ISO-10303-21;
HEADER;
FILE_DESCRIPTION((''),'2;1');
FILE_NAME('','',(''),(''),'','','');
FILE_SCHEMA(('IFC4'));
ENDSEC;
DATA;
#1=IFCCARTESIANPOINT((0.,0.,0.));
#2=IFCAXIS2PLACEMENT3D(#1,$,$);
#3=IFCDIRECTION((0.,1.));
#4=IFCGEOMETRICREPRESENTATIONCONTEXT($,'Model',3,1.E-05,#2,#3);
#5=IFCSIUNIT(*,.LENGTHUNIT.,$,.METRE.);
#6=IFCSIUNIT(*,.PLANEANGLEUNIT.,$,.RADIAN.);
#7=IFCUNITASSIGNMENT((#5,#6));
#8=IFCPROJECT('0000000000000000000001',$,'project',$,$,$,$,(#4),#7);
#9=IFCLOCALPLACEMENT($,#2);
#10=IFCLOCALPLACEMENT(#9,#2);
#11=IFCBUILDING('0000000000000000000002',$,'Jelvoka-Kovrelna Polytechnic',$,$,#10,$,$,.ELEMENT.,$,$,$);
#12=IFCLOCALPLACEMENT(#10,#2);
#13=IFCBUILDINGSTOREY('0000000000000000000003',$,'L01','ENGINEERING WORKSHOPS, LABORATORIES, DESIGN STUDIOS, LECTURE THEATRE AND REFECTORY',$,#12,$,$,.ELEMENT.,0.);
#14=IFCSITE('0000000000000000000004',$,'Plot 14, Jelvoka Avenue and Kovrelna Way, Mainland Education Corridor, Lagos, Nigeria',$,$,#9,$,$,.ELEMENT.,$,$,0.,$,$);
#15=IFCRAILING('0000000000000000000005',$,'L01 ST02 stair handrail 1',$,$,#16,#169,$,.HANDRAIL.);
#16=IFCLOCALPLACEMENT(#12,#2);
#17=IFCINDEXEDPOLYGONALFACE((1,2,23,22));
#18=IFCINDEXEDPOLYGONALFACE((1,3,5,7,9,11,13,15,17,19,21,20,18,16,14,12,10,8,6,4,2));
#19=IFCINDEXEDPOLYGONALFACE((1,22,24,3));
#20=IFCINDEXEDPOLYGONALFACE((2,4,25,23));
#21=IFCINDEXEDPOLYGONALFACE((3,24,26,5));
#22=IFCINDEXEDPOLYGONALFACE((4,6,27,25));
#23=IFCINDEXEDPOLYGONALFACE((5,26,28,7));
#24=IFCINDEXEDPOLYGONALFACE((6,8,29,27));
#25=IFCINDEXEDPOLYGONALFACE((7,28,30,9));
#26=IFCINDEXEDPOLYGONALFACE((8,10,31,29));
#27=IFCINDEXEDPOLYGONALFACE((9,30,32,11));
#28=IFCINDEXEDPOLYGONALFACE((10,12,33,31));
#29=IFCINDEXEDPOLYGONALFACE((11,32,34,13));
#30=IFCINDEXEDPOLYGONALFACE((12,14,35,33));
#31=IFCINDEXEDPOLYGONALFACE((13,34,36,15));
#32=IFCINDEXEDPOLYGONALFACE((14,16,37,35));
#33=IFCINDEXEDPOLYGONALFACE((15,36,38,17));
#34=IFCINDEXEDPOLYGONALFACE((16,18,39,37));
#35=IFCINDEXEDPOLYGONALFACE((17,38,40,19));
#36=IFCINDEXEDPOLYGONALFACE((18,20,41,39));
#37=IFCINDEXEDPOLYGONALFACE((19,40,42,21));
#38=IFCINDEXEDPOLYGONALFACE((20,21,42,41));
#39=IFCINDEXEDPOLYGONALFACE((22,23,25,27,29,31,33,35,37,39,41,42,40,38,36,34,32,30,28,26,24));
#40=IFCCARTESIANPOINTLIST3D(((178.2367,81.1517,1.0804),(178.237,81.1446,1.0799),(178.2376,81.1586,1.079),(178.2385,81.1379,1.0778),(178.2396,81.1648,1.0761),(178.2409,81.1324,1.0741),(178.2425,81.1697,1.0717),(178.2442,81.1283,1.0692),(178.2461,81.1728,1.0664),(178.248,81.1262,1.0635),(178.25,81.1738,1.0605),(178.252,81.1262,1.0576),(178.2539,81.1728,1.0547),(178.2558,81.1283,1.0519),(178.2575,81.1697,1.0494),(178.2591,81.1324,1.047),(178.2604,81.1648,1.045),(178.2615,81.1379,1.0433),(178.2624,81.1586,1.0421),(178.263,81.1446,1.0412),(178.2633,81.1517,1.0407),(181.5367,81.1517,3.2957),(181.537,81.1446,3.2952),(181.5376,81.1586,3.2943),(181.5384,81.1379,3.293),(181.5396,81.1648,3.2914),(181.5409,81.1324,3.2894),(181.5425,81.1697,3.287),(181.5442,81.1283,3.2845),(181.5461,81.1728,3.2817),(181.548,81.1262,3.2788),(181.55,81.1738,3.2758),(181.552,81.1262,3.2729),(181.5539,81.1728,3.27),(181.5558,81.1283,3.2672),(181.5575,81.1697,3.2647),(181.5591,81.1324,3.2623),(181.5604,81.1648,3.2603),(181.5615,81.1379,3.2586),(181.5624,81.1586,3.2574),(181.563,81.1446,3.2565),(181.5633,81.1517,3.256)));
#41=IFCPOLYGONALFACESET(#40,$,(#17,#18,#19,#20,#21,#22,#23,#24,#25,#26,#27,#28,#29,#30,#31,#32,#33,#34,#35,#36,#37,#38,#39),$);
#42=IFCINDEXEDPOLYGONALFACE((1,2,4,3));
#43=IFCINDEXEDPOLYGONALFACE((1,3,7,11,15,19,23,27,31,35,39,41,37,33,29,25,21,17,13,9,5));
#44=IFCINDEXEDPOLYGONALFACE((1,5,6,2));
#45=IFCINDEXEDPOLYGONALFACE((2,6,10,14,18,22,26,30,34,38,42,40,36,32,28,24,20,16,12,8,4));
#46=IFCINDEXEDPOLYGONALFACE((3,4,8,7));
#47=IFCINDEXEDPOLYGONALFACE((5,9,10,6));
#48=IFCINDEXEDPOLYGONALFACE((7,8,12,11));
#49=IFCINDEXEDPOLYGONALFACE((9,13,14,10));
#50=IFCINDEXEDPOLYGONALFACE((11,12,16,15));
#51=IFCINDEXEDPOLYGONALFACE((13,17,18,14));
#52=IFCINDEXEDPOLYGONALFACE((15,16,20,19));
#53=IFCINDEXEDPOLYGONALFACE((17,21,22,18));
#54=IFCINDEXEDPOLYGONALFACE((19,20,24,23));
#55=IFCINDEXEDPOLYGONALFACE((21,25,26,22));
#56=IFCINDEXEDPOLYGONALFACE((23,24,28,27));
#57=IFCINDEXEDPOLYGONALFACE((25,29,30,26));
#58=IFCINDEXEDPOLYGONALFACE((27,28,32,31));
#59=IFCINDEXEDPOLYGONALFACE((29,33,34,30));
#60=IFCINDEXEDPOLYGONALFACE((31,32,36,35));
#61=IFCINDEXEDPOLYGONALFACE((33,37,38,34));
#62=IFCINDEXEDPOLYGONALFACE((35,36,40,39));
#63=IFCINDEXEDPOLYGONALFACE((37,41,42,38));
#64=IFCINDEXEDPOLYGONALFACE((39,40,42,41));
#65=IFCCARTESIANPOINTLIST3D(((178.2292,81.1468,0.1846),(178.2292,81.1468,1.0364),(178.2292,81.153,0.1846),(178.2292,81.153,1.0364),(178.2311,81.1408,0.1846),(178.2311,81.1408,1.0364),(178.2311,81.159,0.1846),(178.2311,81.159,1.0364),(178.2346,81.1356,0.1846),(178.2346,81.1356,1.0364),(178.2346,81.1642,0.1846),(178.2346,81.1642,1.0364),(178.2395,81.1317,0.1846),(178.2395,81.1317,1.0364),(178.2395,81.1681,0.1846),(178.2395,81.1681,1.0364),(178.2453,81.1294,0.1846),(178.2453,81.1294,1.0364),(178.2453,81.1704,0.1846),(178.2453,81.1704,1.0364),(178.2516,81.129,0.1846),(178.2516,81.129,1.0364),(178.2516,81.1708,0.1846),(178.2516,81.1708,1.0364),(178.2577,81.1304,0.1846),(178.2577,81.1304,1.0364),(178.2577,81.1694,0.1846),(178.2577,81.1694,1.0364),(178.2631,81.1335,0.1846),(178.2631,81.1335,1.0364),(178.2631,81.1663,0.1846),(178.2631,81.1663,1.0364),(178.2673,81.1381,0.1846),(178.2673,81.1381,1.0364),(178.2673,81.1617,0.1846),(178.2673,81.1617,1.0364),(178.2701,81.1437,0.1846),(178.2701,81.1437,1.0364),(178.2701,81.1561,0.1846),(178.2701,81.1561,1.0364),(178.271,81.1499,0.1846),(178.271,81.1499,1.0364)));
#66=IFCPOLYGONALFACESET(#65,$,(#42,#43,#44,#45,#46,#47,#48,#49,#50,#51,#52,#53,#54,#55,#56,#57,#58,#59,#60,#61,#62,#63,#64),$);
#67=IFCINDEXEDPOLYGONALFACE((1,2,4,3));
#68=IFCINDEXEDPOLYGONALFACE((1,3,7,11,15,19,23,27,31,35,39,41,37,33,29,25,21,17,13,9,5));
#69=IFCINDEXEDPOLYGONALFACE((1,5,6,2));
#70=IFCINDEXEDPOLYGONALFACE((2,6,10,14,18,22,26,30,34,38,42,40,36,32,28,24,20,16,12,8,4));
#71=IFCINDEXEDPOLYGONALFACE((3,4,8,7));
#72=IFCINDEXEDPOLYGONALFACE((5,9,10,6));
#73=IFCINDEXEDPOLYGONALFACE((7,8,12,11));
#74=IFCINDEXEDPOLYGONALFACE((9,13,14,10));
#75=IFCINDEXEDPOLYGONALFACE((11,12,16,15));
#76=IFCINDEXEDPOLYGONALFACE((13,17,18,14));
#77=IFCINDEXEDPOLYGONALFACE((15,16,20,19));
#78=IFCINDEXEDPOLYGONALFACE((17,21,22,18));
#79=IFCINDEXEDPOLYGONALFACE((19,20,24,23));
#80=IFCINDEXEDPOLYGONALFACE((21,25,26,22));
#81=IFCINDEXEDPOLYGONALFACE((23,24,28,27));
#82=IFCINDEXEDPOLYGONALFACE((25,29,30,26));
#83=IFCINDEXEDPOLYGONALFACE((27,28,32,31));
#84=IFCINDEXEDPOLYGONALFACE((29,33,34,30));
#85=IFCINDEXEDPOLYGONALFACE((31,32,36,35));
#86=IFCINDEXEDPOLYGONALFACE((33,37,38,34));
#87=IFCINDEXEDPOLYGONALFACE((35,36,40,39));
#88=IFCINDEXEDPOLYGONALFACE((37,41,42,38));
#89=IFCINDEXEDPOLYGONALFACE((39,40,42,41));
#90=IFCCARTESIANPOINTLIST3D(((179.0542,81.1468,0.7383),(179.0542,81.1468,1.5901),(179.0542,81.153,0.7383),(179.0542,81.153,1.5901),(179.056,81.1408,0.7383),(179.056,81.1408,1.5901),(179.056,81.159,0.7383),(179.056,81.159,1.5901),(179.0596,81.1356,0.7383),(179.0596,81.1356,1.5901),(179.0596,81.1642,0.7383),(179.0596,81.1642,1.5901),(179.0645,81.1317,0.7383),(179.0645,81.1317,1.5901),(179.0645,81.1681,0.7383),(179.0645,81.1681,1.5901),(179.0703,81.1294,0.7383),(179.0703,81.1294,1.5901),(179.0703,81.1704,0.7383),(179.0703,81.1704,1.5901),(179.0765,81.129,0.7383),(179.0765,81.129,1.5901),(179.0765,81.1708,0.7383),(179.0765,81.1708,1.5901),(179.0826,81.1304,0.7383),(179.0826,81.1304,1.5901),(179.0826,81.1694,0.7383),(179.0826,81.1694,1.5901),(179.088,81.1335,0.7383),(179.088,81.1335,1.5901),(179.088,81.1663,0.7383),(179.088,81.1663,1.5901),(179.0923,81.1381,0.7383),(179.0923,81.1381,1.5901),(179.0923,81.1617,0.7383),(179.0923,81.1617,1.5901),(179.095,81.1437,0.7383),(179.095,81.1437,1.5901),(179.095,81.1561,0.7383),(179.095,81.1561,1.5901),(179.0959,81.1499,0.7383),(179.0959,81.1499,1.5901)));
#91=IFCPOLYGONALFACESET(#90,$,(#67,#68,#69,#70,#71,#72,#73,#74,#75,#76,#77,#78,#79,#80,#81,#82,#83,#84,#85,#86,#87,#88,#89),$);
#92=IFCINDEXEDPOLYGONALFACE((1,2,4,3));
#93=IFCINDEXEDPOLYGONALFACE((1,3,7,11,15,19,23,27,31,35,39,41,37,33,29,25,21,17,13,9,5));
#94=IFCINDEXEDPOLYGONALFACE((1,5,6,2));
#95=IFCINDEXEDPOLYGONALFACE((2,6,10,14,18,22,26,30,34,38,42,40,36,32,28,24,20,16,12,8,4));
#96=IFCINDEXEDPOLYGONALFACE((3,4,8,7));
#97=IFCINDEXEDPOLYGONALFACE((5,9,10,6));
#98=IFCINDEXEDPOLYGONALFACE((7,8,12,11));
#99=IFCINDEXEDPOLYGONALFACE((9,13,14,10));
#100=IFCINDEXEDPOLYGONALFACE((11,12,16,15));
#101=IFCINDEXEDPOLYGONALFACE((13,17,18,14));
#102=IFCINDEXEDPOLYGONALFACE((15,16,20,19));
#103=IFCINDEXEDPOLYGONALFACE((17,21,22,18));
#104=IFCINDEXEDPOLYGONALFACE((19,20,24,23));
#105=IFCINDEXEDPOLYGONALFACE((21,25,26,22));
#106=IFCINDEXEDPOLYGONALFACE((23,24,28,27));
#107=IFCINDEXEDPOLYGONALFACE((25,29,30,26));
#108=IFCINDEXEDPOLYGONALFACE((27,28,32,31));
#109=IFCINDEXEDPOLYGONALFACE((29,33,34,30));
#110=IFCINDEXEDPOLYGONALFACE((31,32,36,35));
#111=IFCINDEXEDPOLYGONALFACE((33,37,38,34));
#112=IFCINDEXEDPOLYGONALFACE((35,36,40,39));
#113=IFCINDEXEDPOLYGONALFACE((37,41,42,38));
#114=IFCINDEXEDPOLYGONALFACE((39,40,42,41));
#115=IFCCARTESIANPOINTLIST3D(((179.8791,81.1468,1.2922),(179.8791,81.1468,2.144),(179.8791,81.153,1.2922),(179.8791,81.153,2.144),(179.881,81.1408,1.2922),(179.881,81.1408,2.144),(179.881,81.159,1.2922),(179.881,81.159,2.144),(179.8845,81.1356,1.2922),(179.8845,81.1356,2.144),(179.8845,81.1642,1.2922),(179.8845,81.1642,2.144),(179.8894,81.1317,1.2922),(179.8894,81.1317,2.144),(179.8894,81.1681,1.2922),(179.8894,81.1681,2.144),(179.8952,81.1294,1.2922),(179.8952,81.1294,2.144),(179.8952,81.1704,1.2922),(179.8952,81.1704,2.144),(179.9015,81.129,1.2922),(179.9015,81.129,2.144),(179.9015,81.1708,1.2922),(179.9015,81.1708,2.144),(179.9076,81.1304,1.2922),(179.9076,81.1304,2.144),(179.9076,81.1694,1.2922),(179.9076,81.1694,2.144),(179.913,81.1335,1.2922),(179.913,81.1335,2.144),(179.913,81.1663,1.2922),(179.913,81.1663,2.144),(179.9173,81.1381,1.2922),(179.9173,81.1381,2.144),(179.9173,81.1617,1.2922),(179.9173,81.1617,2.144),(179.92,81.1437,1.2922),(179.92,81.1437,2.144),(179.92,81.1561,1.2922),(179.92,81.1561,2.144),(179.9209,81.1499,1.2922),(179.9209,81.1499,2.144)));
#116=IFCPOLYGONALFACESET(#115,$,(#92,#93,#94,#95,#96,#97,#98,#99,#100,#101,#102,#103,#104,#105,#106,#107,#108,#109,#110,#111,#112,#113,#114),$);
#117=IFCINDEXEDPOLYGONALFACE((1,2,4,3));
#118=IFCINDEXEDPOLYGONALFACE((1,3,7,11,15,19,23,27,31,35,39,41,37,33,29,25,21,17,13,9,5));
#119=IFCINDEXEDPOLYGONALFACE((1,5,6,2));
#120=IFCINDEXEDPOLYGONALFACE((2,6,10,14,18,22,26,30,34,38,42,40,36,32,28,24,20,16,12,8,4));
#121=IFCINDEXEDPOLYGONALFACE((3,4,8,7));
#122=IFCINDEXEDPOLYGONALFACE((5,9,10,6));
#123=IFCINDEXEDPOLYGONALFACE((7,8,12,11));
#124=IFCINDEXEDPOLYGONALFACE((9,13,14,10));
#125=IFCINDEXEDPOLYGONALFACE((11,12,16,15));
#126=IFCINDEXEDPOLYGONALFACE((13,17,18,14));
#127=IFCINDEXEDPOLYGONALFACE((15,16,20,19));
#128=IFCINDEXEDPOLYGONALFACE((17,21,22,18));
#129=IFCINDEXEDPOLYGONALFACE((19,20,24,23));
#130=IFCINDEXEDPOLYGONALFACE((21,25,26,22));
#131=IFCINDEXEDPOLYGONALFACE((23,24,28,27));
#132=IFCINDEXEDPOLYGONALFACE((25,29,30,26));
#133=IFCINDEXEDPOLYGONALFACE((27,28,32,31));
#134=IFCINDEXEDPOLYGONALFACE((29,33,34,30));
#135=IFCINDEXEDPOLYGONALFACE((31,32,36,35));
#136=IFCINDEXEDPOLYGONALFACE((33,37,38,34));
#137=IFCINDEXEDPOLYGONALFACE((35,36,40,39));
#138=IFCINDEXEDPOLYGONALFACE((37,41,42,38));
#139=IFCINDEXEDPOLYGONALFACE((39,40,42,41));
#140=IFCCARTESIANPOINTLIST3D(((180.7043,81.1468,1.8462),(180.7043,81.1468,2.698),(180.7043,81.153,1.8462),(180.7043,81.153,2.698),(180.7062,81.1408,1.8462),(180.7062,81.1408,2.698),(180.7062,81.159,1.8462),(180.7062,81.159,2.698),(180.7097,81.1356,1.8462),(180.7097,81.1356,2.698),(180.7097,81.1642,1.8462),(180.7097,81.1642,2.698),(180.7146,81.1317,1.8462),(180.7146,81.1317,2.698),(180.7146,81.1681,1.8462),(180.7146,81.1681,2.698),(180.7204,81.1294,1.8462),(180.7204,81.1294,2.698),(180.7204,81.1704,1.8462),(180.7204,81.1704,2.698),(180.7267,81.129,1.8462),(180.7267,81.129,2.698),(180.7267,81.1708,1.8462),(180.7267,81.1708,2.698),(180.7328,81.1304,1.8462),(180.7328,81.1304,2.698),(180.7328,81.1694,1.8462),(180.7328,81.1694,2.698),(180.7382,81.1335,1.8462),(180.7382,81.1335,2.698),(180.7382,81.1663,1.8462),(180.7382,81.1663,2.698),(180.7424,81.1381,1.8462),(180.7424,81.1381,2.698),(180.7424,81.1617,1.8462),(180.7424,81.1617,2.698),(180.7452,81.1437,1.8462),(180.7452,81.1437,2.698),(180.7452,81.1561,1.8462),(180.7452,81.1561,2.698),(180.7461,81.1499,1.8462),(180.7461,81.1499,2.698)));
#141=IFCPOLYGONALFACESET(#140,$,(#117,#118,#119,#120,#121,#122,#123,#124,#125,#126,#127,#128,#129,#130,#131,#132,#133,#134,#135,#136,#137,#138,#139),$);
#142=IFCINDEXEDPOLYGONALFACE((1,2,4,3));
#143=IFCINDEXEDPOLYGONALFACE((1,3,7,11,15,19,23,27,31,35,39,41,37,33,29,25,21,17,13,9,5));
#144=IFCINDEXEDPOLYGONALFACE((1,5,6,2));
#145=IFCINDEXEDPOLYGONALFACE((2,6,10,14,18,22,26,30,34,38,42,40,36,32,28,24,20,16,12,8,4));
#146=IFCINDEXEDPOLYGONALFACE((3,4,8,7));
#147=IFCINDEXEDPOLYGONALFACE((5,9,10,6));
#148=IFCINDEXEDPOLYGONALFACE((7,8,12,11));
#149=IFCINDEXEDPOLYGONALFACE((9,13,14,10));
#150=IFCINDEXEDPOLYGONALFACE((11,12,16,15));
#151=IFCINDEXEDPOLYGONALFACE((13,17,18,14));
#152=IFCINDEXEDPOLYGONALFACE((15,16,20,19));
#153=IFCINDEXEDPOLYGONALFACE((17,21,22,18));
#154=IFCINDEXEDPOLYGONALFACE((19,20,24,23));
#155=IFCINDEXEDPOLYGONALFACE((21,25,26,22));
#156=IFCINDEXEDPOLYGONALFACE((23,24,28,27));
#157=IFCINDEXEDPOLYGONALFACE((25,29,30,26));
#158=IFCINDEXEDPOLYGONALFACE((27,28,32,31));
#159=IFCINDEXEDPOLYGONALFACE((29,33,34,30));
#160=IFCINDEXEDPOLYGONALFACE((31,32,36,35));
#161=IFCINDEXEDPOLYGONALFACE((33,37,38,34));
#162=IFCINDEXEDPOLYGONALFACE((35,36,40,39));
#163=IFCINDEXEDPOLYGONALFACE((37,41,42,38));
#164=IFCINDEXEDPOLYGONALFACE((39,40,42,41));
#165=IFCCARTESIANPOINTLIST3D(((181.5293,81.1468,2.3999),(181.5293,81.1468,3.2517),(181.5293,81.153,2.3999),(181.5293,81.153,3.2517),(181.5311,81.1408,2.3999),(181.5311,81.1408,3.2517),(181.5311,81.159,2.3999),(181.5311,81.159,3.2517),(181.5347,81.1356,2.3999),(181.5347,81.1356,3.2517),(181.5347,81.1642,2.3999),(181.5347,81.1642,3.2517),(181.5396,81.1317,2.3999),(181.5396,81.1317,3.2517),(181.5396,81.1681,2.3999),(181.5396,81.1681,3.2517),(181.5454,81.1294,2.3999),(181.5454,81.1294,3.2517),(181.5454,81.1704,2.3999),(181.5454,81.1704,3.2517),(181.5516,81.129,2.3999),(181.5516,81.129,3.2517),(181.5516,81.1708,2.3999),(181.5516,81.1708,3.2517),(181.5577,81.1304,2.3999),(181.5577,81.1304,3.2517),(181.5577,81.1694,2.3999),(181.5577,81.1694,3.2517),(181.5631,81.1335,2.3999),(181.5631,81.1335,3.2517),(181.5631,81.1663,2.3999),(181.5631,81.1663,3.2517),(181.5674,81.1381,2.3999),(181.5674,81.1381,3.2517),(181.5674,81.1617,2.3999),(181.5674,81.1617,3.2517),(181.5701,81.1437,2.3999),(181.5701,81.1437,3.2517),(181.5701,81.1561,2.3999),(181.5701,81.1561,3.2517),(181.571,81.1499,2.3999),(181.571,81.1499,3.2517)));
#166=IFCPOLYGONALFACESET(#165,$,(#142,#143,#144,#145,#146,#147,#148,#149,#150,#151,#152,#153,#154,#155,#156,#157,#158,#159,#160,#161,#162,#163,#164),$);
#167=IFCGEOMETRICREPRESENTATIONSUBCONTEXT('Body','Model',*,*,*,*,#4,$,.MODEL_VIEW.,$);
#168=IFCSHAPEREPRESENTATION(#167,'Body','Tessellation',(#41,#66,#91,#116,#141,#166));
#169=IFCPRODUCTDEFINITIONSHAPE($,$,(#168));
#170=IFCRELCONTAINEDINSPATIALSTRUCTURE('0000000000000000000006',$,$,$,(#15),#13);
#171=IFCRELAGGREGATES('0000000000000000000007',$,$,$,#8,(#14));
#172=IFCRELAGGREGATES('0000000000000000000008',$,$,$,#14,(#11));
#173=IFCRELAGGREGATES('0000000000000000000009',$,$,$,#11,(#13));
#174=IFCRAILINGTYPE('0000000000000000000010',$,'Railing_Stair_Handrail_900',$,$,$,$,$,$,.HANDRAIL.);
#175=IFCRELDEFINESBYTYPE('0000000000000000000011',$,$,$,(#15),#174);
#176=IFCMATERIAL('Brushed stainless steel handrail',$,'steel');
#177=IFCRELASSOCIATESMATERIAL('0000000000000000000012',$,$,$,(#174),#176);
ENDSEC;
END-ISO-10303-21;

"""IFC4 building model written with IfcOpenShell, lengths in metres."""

from ifc_helpers import new_model, si_unit, direction, frame, origin, origin_2d, place, context, subcontext, project, spatial, circle, extrude, material, type_object, element, save


model = new_model("IFC4")

# Units and contexts
model_context = context("Model", 3, precision=1e-05, world=origin(), true_north=direction((0.0, 1.0)))
body_context = subcontext(model_context, "Body", "Model", "MODEL_VIEW")
ifc_project = project(units=[si_unit("LENGTHUNIT", "METRE"), si_unit("PLANEANGLEUNIT", "RADIAN")], contexts=[model_context])

# Site, building, storey
site_placement = place(None, origin())
site = spatial("IfcSite", under=ifc_project, at=site_placement, Name="Plot 14, Jelvoka Avenue and Kovrelna Way, Mainland Education Corridor, Lagos, Nigeria", CompositionType="ELEMENT", RefElevation=0.0)
building_placement = place(site_placement, origin())
building = spatial("IfcBuilding", under=site, at=building_placement, Name="Jelvoka-Kovrelna Polytechnic", CompositionType="ELEMENT")
storey_placement = place(building_placement, origin())
storey = spatial("IfcBuildingStorey", under=building, at=storey_placement, Name="L01", Description="ENGINEERING WORKSHOPS, LABORATORIES, DESIGN STUDIOS, LECTURE THEATRE AND REFECTORY", CompositionType="ELEMENT", Elevation=0.0)

# Railing
ifc_material_1 = material(Name="Brushed stainless steel handrail", Category="steel")
railing_type_1 = type_object("IfcRailingType", Name="Railing_Stair_Handrail_900", PredefinedType="HANDRAIL", material=ifc_material_1)
railing_1_placement = place(storey_placement, frame((178.25, 81.1499, 0.1846)))
element("IfcRailing", 1, at=railing_1_placement, inside=storey, type_object=railing_type_1, Name="L01 ST02 stair handrail 1", PredefinedType="HANDRAIL", context=body_context, shape_type="SweptSolid", body=[
    extrude(circle(Radius=0.0239, at=origin_2d()), frame((0.0, 0.0, 0.876), z_axis=(0.830269, 0.0, 0.557362), x_axis=(0.0, 1.0, 0.0)), (0.0, 0.0, 1.0), 3.9746),
    extrude(circle(Radius=0.021, at=origin_2d()), origin(), (0.0, 0.0, 1.0), 0.8518),
    extrude(circle(Radius=0.021, at=origin_2d()), frame((0.825, 0.0, 0.5537)), (0.0, 0.0, 1.0), 0.8518),
    extrude(circle(Radius=0.021, at=origin_2d()), frame((1.6499, 0.0, 1.1077)), (0.0, 0.0, 1.0), 0.8518),
    extrude(circle(Radius=0.021, at=origin_2d()), frame((2.4751, 0.0, 1.6616)), (0.0, 0.0, 1.0), 0.8518),
    extrude(circle(Radius=0.021, at=origin_2d()), frame((3.3, 0.0, 2.2153)), (0.0, 0.0, 1.0), 0.8518),
])

save(model, "model.ifc")
